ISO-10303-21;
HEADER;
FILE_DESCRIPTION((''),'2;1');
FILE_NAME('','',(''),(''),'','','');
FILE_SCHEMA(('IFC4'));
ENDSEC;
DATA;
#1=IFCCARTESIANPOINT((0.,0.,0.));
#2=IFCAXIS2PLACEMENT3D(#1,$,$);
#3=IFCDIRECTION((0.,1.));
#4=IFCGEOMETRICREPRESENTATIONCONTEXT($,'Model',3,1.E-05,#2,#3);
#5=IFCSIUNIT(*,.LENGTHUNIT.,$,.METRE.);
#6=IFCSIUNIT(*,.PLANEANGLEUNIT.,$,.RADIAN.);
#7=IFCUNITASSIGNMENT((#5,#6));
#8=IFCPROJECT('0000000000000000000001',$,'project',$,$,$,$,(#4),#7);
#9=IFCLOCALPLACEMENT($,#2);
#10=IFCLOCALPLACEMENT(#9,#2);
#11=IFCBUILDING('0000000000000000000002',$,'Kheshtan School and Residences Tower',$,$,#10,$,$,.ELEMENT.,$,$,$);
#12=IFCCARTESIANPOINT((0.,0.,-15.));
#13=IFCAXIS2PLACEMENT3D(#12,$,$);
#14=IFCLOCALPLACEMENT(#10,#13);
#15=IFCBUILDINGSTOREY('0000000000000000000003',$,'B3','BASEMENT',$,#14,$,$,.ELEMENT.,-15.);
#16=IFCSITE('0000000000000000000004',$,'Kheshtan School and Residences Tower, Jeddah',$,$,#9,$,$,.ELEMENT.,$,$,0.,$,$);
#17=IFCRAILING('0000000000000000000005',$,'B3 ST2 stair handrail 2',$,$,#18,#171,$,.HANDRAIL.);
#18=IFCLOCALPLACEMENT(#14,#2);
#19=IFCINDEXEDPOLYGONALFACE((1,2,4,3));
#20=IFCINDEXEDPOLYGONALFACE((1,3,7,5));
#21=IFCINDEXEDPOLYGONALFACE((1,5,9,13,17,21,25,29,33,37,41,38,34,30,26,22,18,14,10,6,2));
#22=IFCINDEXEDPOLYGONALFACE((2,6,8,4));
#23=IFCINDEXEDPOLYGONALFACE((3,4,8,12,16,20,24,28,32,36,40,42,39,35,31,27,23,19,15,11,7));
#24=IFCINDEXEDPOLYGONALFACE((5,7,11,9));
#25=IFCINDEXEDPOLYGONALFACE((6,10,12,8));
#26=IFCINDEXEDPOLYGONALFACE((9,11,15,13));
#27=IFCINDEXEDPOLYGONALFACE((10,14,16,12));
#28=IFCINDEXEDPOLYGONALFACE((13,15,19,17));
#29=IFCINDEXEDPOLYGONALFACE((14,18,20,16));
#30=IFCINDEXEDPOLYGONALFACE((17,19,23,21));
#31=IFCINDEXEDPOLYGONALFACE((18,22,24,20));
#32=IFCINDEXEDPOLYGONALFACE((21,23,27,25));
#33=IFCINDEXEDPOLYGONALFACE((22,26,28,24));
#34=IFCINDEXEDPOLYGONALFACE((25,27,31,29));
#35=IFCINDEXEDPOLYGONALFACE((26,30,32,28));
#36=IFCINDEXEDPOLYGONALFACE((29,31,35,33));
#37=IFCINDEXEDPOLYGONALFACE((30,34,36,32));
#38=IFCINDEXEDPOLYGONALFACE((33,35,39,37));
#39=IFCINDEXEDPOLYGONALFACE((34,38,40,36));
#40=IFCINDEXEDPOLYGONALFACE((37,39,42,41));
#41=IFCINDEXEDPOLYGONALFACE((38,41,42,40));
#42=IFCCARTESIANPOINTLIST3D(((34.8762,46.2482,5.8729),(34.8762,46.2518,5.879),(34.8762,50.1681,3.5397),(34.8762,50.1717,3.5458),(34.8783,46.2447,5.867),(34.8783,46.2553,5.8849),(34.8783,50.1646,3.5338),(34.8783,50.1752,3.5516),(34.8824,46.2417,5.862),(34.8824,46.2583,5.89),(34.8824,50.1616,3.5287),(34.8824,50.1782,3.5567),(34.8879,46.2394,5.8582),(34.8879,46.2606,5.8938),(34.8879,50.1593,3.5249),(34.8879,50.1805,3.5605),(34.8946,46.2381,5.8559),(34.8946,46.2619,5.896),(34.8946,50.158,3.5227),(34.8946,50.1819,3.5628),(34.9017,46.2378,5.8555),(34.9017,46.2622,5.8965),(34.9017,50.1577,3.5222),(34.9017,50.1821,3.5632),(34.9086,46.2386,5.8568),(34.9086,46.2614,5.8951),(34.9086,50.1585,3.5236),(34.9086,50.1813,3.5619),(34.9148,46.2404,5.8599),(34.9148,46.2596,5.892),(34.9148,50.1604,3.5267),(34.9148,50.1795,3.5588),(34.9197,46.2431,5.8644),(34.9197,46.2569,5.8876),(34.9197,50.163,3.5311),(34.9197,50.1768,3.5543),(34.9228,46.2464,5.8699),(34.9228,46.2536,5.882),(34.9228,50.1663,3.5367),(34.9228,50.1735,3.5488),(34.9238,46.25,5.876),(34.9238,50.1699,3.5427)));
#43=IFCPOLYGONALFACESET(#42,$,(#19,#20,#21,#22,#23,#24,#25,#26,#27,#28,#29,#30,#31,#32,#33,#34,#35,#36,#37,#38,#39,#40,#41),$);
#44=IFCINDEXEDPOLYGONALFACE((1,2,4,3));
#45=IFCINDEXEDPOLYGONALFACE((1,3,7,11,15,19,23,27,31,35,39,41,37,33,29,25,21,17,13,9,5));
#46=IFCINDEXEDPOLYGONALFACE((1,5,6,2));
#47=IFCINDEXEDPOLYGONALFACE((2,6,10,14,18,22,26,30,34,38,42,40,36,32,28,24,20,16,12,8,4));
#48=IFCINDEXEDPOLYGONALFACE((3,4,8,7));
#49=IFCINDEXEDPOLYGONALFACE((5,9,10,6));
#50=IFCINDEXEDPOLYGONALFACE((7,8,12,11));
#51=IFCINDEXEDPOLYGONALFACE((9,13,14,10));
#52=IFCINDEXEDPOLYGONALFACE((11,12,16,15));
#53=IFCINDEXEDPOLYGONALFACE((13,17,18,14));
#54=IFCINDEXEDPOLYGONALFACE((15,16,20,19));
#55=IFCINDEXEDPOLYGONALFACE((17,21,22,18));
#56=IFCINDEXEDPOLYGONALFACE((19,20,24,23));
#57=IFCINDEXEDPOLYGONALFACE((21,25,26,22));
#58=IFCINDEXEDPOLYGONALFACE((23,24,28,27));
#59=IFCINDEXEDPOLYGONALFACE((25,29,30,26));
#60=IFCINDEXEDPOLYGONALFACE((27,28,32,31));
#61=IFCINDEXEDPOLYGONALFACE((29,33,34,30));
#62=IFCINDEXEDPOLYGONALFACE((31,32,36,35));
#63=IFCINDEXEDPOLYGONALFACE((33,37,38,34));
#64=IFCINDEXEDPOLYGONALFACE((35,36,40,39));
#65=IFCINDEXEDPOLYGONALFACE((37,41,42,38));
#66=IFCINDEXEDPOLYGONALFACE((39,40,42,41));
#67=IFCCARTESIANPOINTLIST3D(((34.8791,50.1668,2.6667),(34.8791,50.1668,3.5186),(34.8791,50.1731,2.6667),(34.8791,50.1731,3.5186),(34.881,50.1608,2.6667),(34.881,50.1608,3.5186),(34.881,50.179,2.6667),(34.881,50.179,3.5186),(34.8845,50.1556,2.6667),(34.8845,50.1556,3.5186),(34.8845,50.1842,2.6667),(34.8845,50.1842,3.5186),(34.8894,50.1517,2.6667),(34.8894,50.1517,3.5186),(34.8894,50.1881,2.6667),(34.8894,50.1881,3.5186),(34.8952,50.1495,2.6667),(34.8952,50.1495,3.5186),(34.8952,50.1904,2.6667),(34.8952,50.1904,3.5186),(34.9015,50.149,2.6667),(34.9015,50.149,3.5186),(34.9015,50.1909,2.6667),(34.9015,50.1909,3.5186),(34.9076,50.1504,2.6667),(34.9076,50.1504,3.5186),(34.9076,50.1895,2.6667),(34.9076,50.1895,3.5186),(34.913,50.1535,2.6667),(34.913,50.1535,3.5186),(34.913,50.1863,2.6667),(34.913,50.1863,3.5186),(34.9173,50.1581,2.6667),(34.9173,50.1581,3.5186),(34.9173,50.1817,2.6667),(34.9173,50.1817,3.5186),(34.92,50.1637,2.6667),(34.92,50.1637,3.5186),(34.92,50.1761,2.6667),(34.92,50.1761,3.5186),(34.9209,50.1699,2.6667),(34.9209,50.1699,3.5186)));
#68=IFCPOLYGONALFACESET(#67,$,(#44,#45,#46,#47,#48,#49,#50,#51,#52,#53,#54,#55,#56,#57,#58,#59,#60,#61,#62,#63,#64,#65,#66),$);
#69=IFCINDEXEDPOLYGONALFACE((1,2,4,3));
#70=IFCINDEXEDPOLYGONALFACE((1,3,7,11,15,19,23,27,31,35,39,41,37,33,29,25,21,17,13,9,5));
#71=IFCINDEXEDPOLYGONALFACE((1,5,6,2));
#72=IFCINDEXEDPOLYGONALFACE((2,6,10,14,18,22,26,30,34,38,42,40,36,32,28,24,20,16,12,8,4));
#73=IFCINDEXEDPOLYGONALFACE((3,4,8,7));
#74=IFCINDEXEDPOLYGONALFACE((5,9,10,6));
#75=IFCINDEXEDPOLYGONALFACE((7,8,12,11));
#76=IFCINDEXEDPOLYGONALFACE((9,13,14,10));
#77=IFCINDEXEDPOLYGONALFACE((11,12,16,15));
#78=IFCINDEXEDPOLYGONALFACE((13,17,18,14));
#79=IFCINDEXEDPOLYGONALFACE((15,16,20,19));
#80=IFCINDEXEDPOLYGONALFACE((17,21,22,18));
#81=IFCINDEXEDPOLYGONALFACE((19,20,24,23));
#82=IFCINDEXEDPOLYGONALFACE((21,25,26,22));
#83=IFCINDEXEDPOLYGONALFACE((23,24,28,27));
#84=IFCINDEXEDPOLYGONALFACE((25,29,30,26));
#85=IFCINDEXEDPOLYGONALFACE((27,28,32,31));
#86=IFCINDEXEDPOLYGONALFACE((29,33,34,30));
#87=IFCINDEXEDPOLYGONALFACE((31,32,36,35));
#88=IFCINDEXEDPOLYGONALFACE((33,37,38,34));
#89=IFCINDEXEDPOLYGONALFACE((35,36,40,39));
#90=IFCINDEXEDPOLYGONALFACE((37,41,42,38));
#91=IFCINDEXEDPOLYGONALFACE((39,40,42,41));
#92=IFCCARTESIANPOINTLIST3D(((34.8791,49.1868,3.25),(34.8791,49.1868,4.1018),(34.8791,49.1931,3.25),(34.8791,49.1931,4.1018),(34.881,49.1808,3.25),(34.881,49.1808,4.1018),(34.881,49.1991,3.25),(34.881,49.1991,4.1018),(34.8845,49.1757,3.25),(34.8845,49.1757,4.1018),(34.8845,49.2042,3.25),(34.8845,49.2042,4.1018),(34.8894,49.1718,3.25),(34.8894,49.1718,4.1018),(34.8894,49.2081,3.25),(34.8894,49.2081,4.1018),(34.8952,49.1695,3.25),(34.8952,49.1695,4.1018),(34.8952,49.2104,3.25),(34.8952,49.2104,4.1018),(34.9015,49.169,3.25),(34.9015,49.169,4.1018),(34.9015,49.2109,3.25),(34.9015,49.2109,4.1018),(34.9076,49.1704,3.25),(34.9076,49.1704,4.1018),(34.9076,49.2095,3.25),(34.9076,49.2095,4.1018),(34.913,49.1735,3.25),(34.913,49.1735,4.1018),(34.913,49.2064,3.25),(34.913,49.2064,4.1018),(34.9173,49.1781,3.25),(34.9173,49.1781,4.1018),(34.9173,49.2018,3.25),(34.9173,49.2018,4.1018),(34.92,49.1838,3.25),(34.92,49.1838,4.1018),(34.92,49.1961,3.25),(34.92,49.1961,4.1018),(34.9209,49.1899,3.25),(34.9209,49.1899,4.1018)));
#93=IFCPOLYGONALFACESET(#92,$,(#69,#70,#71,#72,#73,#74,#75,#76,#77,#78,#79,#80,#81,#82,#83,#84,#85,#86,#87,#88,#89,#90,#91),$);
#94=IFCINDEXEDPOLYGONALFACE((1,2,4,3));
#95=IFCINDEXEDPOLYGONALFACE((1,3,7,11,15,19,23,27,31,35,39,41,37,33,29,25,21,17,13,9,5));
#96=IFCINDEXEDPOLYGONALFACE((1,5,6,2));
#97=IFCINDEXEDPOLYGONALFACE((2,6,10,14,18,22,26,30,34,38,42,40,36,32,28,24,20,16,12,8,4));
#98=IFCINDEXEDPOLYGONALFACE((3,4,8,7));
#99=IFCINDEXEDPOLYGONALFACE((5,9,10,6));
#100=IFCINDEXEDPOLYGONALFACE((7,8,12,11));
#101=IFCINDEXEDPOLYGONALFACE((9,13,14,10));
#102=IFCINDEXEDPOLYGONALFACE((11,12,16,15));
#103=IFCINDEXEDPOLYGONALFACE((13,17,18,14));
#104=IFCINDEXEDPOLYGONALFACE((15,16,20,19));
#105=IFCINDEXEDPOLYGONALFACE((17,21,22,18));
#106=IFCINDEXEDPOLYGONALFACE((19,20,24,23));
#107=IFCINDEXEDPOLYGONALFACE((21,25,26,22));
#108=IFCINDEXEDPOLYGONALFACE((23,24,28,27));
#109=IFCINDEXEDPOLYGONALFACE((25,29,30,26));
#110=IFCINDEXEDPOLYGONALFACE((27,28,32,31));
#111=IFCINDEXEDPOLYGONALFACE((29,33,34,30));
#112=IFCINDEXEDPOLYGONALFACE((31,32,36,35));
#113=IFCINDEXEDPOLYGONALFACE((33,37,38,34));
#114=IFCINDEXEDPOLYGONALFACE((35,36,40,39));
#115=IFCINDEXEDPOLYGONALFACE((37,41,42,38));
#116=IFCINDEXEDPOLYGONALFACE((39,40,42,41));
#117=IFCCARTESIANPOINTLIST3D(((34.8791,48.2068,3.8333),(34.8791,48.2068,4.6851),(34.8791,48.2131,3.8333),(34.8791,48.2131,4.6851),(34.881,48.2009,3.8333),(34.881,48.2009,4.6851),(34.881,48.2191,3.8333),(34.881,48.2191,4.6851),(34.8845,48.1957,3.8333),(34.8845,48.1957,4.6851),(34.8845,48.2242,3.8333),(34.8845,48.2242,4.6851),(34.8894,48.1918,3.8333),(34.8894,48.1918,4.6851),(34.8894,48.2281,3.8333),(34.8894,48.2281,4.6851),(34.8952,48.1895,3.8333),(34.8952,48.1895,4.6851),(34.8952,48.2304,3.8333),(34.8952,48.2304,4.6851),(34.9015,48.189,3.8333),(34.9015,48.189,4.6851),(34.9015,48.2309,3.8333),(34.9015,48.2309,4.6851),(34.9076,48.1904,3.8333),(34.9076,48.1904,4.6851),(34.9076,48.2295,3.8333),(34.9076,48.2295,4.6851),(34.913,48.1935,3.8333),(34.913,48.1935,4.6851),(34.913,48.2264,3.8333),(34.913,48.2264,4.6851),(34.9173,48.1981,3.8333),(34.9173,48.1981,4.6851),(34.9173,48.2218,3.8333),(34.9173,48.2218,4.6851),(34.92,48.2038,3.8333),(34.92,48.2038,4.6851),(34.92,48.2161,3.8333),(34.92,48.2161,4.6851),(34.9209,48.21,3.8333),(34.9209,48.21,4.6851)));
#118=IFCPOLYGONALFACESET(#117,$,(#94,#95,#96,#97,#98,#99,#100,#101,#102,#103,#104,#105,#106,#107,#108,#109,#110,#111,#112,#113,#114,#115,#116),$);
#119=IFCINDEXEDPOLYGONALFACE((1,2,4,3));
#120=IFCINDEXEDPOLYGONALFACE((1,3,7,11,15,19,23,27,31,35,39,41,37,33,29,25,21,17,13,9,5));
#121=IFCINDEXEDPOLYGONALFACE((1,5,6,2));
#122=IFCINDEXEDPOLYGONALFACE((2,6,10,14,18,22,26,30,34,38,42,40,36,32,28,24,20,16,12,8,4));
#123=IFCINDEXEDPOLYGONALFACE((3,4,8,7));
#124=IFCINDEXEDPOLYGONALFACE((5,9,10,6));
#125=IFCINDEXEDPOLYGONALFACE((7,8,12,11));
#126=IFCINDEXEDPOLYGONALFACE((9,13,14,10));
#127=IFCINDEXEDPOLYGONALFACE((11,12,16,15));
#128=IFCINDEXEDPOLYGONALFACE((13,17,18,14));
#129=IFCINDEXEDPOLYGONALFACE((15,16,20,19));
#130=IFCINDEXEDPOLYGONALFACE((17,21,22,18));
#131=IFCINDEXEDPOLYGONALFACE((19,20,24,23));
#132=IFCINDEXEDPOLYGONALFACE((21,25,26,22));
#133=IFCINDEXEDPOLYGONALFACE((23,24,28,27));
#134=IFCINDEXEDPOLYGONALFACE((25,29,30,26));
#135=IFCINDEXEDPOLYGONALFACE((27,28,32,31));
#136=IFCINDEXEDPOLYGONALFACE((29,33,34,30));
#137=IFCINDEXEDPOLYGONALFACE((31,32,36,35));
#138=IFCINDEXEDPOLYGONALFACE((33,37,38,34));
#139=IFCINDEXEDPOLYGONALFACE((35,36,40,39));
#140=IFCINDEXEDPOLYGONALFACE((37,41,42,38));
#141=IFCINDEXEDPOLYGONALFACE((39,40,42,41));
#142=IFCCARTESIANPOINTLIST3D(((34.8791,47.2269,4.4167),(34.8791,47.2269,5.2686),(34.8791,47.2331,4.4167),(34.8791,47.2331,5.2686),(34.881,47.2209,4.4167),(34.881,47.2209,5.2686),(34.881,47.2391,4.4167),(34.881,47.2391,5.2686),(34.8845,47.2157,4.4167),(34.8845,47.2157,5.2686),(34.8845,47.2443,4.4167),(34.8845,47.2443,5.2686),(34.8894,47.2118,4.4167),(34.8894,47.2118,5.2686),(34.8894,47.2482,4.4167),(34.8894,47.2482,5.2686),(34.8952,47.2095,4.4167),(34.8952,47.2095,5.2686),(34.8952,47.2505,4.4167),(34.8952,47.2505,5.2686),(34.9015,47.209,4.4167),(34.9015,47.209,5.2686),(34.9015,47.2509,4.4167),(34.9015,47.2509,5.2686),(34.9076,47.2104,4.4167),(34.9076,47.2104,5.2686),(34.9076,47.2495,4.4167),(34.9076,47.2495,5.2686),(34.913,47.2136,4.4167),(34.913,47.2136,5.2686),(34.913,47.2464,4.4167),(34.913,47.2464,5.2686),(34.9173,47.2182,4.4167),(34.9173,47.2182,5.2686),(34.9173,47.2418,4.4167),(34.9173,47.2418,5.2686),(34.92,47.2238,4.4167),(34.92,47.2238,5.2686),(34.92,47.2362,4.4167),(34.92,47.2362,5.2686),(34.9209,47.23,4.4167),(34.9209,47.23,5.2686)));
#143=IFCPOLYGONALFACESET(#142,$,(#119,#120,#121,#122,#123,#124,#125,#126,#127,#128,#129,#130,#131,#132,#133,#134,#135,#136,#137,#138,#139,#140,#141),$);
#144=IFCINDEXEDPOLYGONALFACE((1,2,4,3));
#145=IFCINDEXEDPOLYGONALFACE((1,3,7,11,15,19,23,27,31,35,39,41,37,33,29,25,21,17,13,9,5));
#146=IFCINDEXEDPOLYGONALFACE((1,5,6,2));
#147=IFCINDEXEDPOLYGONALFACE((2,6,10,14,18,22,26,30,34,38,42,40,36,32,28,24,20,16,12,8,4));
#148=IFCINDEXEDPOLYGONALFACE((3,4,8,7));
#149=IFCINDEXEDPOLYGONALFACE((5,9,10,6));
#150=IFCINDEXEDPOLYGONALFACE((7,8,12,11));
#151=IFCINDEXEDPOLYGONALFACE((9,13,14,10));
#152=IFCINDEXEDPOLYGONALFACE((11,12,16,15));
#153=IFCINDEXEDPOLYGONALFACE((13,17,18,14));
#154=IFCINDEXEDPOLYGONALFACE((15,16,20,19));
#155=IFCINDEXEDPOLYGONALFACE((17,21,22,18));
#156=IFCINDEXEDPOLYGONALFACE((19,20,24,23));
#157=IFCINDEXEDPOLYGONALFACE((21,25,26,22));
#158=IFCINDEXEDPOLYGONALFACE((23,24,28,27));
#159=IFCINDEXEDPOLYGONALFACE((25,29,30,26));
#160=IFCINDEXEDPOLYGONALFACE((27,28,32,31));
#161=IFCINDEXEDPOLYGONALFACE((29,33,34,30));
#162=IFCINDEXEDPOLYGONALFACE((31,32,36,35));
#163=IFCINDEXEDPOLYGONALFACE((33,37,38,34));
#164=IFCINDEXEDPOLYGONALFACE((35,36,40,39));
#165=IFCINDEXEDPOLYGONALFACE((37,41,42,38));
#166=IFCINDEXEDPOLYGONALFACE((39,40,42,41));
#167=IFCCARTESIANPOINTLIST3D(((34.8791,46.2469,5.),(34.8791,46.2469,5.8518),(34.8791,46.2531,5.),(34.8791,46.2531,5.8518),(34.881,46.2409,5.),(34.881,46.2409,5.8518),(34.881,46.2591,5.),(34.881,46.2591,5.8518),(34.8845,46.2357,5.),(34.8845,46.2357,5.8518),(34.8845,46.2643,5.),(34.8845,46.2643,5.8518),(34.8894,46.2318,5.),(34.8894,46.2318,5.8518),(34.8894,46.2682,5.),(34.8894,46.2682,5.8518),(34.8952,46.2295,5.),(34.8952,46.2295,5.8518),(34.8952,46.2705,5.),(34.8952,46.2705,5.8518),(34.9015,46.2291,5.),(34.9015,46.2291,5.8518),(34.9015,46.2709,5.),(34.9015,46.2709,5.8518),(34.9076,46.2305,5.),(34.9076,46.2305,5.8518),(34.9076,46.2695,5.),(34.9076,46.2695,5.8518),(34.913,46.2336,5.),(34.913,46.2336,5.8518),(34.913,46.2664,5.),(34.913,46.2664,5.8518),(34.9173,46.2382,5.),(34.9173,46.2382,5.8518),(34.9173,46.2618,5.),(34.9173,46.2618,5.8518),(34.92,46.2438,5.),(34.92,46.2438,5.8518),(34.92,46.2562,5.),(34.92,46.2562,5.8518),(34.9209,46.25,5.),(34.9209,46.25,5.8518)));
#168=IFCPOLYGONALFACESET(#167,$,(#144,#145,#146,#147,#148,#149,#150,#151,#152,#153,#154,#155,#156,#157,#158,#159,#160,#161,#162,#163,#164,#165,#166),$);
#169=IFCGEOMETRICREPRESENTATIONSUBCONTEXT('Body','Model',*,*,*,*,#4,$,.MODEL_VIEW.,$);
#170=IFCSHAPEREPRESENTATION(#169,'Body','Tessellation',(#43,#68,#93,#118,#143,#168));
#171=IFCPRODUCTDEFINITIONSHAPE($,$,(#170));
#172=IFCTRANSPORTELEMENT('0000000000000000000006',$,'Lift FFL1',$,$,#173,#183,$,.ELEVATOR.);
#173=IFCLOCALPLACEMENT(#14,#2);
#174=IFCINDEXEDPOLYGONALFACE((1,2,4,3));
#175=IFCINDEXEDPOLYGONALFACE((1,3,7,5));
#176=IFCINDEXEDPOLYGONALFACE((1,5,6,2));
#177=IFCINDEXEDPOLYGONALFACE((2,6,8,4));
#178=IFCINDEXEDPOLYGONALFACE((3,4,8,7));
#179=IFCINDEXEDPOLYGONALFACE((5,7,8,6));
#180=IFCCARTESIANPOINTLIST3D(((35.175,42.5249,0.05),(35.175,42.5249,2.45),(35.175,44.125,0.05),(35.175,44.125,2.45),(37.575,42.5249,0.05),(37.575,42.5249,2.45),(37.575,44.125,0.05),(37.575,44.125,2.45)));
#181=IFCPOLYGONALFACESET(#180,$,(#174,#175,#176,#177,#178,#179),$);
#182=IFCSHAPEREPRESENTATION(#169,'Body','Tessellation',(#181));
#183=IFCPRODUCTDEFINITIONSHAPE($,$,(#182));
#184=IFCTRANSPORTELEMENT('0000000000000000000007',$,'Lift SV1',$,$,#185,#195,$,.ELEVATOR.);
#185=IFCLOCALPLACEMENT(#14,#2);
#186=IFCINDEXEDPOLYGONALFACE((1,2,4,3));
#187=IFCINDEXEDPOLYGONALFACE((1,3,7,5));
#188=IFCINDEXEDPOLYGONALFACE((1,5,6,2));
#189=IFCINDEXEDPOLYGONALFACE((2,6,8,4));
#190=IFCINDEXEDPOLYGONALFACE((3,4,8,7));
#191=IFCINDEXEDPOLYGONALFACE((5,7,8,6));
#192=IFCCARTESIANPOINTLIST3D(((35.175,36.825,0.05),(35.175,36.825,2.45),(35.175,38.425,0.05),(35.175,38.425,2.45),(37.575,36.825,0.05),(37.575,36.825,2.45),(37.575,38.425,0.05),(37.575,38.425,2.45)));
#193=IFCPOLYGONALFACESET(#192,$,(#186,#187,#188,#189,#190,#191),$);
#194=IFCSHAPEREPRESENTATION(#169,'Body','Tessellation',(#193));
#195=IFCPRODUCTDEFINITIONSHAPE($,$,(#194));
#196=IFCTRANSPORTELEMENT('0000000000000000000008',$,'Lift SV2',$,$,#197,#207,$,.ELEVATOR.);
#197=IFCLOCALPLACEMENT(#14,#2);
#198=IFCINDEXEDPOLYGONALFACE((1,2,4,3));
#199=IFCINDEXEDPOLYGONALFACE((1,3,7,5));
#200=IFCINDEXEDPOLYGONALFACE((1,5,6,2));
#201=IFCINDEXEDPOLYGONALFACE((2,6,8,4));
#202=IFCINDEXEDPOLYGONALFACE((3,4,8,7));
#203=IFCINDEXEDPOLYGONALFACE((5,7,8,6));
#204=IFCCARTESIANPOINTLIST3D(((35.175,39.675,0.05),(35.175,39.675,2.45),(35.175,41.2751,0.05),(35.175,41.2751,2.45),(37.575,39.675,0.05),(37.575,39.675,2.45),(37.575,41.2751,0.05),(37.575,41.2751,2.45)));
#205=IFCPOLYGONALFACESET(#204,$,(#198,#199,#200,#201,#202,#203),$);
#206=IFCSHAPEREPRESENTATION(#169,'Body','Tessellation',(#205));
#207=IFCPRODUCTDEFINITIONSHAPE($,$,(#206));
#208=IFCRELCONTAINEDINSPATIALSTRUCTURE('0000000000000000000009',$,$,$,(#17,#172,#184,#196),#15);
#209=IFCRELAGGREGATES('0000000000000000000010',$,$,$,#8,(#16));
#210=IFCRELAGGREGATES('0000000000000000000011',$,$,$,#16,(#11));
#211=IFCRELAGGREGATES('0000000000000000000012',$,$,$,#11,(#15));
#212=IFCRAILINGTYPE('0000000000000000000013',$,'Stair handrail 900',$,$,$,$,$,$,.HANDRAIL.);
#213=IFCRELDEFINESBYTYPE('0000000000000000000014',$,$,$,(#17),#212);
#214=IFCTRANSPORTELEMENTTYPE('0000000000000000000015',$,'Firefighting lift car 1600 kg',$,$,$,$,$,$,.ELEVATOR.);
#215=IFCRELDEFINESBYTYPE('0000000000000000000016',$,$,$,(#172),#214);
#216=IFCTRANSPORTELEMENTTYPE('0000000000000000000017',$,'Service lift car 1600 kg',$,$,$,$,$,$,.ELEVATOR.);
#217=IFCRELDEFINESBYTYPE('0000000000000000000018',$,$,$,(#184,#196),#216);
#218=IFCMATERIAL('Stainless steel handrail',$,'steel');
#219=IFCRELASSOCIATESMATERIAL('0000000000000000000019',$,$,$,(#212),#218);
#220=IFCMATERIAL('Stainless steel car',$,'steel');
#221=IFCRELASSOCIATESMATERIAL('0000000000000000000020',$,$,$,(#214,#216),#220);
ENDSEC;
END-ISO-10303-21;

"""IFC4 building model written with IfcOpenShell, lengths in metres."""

from ifc_helpers import new_model, si_unit, direction, frame, origin, origin_2d, place, context, subcontext, project, spatial, rectangle, circle, extrude, material, type_object, element, save


model = new_model("IFC4")

# Units and contexts
model_context = context("Model", 3, precision=1e-05, world=origin(), true_north=direction((0.0, 1.0)))
body_context = subcontext(model_context, "Body", "Model", "MODEL_VIEW")
ifc_project = project(units=[si_unit("LENGTHUNIT", "METRE"), si_unit("PLANEANGLEUNIT", "RADIAN")], contexts=[model_context])

# Site, building, storey
site_placement = place(None, origin())
site = spatial("IfcSite", under=ifc_project, at=site_placement, Name="Kheshtan School and Residences Tower, Jeddah", CompositionType="ELEMENT", RefElevation=0.0)
building_placement = place(site_placement, origin())
building = spatial("IfcBuilding", under=site, at=building_placement, Name="Kheshtan School and Residences Tower", CompositionType="ELEMENT")
storey_placement = place(building_placement, frame((0.0, 0.0, -15.0)))
storey = spatial("IfcBuildingStorey", under=building, at=storey_placement, Name="B3", Description="BASEMENT", CompositionType="ELEMENT", Elevation=-15.0)

# Railing
ifc_material_1 = material(Name="Stainless steel handrail", Category="steel")
railing_type_1 = type_object("IfcRailingType", Name="Stair handrail 900", PredefinedType="HANDRAIL", material=ifc_material_1)
railing_1_placement = place(storey_placement, frame((34.8999, 50.1699, 2.6667)))
element("IfcRailing", 1, at=railing_1_placement, inside=storey, type_object=railing_type_1, Name="B3 ST2 stair handrail 2", PredefinedType="HANDRAIL", context=body_context, shape_type="SweptSolid", body=[
    extrude(circle(Radius=0.0239, at=origin_2d()), frame((0.0, 0.0, 0.876), z_axis=(0.0, -0.859296, 0.511478), x_axis=(1.0, 0.0, 0.0)), (0.0, 0.0, 1.0), 4.5618),
    extrude(circle(Radius=0.021, at=origin_2d()), origin(), (0.0, 0.0, 1.0), 0.8518),
    extrude(circle(Radius=0.021, at=origin_2d()), frame((0.0, -0.98, 0.5833)), (0.0, 0.0, 1.0), 0.8518),
    extrude(circle(Radius=0.021, at=origin_2d()), frame((0.0, -1.96, 1.1665)), (0.0, 0.0, 1.0), 0.8518),
    extrude(circle(Radius=0.021, at=origin_2d()), frame((0.0, -2.9399, 1.75)), (0.0, 0.0, 1.0), 0.8518),
    extrude(circle(Radius=0.021, at=origin_2d()), frame((0.0, -3.9199, 2.3333)), (0.0, 0.0, 1.0), 0.8518),
])

# Transport elements
ifc_material_2 = material(Name="Stainless steel car", Category="steel")
transport_element_type_1 = type_object("IfcTransportElementType", Name="Firefighting lift car 1600 kg", PredefinedType="ELEVATOR", material=ifc_material_2)
transport_element_placement = place(storey_placement, frame((36.375, 43.325, 0.05), z_axis=(0.0, 0.0, 1.0), x_axis=(1.0, 0.0, 0.0)))
element("IfcTransportElement", 2, at=transport_element_placement, inside=storey, type_object=transport_element_type_1, Name="Lift FFL1", PredefinedType="ELEVATOR", context=body_context, shape_type="SweptSolid", body=[
    extrude(rectangle(XDim=2.3999, YDim=1.6001, at=origin_2d()), origin(), (0.0, 0.0, 1.0), 2.3999),
])
transport_element_type_2 = type_object("IfcTransportElementType", Name="Service lift car 1600 kg", PredefinedType="ELEVATOR", material=ifc_material_2)
for number, where, z_axis, x_axis, name in (
    (3, (36.375, 37.625, 0.05), (0.0, 0.0, 1.0), (1.0, 0.0, 0.0), "Lift SV1"),
    (4, (36.375, 40.4751, 0.05), (0.0, 0.0, 1.0), (1.0, 0.0, 0.0), "Lift SV2"),
):
    element("IfcTransportElement", number, at=place(storey_placement, frame(where, z_axis=z_axis, x_axis=x_axis)), inside=storey, type_object=transport_element_type_2, Name=name, PredefinedType="ELEVATOR", context=body_context, shape_type="SweptSolid", body=[
        extrude(rectangle(XDim=2.3999, YDim=1.6001, at=origin_2d()), origin(), (0.0, 0.0, 1.0), 2.3999),
    ])

save(model, "model.ifc")
